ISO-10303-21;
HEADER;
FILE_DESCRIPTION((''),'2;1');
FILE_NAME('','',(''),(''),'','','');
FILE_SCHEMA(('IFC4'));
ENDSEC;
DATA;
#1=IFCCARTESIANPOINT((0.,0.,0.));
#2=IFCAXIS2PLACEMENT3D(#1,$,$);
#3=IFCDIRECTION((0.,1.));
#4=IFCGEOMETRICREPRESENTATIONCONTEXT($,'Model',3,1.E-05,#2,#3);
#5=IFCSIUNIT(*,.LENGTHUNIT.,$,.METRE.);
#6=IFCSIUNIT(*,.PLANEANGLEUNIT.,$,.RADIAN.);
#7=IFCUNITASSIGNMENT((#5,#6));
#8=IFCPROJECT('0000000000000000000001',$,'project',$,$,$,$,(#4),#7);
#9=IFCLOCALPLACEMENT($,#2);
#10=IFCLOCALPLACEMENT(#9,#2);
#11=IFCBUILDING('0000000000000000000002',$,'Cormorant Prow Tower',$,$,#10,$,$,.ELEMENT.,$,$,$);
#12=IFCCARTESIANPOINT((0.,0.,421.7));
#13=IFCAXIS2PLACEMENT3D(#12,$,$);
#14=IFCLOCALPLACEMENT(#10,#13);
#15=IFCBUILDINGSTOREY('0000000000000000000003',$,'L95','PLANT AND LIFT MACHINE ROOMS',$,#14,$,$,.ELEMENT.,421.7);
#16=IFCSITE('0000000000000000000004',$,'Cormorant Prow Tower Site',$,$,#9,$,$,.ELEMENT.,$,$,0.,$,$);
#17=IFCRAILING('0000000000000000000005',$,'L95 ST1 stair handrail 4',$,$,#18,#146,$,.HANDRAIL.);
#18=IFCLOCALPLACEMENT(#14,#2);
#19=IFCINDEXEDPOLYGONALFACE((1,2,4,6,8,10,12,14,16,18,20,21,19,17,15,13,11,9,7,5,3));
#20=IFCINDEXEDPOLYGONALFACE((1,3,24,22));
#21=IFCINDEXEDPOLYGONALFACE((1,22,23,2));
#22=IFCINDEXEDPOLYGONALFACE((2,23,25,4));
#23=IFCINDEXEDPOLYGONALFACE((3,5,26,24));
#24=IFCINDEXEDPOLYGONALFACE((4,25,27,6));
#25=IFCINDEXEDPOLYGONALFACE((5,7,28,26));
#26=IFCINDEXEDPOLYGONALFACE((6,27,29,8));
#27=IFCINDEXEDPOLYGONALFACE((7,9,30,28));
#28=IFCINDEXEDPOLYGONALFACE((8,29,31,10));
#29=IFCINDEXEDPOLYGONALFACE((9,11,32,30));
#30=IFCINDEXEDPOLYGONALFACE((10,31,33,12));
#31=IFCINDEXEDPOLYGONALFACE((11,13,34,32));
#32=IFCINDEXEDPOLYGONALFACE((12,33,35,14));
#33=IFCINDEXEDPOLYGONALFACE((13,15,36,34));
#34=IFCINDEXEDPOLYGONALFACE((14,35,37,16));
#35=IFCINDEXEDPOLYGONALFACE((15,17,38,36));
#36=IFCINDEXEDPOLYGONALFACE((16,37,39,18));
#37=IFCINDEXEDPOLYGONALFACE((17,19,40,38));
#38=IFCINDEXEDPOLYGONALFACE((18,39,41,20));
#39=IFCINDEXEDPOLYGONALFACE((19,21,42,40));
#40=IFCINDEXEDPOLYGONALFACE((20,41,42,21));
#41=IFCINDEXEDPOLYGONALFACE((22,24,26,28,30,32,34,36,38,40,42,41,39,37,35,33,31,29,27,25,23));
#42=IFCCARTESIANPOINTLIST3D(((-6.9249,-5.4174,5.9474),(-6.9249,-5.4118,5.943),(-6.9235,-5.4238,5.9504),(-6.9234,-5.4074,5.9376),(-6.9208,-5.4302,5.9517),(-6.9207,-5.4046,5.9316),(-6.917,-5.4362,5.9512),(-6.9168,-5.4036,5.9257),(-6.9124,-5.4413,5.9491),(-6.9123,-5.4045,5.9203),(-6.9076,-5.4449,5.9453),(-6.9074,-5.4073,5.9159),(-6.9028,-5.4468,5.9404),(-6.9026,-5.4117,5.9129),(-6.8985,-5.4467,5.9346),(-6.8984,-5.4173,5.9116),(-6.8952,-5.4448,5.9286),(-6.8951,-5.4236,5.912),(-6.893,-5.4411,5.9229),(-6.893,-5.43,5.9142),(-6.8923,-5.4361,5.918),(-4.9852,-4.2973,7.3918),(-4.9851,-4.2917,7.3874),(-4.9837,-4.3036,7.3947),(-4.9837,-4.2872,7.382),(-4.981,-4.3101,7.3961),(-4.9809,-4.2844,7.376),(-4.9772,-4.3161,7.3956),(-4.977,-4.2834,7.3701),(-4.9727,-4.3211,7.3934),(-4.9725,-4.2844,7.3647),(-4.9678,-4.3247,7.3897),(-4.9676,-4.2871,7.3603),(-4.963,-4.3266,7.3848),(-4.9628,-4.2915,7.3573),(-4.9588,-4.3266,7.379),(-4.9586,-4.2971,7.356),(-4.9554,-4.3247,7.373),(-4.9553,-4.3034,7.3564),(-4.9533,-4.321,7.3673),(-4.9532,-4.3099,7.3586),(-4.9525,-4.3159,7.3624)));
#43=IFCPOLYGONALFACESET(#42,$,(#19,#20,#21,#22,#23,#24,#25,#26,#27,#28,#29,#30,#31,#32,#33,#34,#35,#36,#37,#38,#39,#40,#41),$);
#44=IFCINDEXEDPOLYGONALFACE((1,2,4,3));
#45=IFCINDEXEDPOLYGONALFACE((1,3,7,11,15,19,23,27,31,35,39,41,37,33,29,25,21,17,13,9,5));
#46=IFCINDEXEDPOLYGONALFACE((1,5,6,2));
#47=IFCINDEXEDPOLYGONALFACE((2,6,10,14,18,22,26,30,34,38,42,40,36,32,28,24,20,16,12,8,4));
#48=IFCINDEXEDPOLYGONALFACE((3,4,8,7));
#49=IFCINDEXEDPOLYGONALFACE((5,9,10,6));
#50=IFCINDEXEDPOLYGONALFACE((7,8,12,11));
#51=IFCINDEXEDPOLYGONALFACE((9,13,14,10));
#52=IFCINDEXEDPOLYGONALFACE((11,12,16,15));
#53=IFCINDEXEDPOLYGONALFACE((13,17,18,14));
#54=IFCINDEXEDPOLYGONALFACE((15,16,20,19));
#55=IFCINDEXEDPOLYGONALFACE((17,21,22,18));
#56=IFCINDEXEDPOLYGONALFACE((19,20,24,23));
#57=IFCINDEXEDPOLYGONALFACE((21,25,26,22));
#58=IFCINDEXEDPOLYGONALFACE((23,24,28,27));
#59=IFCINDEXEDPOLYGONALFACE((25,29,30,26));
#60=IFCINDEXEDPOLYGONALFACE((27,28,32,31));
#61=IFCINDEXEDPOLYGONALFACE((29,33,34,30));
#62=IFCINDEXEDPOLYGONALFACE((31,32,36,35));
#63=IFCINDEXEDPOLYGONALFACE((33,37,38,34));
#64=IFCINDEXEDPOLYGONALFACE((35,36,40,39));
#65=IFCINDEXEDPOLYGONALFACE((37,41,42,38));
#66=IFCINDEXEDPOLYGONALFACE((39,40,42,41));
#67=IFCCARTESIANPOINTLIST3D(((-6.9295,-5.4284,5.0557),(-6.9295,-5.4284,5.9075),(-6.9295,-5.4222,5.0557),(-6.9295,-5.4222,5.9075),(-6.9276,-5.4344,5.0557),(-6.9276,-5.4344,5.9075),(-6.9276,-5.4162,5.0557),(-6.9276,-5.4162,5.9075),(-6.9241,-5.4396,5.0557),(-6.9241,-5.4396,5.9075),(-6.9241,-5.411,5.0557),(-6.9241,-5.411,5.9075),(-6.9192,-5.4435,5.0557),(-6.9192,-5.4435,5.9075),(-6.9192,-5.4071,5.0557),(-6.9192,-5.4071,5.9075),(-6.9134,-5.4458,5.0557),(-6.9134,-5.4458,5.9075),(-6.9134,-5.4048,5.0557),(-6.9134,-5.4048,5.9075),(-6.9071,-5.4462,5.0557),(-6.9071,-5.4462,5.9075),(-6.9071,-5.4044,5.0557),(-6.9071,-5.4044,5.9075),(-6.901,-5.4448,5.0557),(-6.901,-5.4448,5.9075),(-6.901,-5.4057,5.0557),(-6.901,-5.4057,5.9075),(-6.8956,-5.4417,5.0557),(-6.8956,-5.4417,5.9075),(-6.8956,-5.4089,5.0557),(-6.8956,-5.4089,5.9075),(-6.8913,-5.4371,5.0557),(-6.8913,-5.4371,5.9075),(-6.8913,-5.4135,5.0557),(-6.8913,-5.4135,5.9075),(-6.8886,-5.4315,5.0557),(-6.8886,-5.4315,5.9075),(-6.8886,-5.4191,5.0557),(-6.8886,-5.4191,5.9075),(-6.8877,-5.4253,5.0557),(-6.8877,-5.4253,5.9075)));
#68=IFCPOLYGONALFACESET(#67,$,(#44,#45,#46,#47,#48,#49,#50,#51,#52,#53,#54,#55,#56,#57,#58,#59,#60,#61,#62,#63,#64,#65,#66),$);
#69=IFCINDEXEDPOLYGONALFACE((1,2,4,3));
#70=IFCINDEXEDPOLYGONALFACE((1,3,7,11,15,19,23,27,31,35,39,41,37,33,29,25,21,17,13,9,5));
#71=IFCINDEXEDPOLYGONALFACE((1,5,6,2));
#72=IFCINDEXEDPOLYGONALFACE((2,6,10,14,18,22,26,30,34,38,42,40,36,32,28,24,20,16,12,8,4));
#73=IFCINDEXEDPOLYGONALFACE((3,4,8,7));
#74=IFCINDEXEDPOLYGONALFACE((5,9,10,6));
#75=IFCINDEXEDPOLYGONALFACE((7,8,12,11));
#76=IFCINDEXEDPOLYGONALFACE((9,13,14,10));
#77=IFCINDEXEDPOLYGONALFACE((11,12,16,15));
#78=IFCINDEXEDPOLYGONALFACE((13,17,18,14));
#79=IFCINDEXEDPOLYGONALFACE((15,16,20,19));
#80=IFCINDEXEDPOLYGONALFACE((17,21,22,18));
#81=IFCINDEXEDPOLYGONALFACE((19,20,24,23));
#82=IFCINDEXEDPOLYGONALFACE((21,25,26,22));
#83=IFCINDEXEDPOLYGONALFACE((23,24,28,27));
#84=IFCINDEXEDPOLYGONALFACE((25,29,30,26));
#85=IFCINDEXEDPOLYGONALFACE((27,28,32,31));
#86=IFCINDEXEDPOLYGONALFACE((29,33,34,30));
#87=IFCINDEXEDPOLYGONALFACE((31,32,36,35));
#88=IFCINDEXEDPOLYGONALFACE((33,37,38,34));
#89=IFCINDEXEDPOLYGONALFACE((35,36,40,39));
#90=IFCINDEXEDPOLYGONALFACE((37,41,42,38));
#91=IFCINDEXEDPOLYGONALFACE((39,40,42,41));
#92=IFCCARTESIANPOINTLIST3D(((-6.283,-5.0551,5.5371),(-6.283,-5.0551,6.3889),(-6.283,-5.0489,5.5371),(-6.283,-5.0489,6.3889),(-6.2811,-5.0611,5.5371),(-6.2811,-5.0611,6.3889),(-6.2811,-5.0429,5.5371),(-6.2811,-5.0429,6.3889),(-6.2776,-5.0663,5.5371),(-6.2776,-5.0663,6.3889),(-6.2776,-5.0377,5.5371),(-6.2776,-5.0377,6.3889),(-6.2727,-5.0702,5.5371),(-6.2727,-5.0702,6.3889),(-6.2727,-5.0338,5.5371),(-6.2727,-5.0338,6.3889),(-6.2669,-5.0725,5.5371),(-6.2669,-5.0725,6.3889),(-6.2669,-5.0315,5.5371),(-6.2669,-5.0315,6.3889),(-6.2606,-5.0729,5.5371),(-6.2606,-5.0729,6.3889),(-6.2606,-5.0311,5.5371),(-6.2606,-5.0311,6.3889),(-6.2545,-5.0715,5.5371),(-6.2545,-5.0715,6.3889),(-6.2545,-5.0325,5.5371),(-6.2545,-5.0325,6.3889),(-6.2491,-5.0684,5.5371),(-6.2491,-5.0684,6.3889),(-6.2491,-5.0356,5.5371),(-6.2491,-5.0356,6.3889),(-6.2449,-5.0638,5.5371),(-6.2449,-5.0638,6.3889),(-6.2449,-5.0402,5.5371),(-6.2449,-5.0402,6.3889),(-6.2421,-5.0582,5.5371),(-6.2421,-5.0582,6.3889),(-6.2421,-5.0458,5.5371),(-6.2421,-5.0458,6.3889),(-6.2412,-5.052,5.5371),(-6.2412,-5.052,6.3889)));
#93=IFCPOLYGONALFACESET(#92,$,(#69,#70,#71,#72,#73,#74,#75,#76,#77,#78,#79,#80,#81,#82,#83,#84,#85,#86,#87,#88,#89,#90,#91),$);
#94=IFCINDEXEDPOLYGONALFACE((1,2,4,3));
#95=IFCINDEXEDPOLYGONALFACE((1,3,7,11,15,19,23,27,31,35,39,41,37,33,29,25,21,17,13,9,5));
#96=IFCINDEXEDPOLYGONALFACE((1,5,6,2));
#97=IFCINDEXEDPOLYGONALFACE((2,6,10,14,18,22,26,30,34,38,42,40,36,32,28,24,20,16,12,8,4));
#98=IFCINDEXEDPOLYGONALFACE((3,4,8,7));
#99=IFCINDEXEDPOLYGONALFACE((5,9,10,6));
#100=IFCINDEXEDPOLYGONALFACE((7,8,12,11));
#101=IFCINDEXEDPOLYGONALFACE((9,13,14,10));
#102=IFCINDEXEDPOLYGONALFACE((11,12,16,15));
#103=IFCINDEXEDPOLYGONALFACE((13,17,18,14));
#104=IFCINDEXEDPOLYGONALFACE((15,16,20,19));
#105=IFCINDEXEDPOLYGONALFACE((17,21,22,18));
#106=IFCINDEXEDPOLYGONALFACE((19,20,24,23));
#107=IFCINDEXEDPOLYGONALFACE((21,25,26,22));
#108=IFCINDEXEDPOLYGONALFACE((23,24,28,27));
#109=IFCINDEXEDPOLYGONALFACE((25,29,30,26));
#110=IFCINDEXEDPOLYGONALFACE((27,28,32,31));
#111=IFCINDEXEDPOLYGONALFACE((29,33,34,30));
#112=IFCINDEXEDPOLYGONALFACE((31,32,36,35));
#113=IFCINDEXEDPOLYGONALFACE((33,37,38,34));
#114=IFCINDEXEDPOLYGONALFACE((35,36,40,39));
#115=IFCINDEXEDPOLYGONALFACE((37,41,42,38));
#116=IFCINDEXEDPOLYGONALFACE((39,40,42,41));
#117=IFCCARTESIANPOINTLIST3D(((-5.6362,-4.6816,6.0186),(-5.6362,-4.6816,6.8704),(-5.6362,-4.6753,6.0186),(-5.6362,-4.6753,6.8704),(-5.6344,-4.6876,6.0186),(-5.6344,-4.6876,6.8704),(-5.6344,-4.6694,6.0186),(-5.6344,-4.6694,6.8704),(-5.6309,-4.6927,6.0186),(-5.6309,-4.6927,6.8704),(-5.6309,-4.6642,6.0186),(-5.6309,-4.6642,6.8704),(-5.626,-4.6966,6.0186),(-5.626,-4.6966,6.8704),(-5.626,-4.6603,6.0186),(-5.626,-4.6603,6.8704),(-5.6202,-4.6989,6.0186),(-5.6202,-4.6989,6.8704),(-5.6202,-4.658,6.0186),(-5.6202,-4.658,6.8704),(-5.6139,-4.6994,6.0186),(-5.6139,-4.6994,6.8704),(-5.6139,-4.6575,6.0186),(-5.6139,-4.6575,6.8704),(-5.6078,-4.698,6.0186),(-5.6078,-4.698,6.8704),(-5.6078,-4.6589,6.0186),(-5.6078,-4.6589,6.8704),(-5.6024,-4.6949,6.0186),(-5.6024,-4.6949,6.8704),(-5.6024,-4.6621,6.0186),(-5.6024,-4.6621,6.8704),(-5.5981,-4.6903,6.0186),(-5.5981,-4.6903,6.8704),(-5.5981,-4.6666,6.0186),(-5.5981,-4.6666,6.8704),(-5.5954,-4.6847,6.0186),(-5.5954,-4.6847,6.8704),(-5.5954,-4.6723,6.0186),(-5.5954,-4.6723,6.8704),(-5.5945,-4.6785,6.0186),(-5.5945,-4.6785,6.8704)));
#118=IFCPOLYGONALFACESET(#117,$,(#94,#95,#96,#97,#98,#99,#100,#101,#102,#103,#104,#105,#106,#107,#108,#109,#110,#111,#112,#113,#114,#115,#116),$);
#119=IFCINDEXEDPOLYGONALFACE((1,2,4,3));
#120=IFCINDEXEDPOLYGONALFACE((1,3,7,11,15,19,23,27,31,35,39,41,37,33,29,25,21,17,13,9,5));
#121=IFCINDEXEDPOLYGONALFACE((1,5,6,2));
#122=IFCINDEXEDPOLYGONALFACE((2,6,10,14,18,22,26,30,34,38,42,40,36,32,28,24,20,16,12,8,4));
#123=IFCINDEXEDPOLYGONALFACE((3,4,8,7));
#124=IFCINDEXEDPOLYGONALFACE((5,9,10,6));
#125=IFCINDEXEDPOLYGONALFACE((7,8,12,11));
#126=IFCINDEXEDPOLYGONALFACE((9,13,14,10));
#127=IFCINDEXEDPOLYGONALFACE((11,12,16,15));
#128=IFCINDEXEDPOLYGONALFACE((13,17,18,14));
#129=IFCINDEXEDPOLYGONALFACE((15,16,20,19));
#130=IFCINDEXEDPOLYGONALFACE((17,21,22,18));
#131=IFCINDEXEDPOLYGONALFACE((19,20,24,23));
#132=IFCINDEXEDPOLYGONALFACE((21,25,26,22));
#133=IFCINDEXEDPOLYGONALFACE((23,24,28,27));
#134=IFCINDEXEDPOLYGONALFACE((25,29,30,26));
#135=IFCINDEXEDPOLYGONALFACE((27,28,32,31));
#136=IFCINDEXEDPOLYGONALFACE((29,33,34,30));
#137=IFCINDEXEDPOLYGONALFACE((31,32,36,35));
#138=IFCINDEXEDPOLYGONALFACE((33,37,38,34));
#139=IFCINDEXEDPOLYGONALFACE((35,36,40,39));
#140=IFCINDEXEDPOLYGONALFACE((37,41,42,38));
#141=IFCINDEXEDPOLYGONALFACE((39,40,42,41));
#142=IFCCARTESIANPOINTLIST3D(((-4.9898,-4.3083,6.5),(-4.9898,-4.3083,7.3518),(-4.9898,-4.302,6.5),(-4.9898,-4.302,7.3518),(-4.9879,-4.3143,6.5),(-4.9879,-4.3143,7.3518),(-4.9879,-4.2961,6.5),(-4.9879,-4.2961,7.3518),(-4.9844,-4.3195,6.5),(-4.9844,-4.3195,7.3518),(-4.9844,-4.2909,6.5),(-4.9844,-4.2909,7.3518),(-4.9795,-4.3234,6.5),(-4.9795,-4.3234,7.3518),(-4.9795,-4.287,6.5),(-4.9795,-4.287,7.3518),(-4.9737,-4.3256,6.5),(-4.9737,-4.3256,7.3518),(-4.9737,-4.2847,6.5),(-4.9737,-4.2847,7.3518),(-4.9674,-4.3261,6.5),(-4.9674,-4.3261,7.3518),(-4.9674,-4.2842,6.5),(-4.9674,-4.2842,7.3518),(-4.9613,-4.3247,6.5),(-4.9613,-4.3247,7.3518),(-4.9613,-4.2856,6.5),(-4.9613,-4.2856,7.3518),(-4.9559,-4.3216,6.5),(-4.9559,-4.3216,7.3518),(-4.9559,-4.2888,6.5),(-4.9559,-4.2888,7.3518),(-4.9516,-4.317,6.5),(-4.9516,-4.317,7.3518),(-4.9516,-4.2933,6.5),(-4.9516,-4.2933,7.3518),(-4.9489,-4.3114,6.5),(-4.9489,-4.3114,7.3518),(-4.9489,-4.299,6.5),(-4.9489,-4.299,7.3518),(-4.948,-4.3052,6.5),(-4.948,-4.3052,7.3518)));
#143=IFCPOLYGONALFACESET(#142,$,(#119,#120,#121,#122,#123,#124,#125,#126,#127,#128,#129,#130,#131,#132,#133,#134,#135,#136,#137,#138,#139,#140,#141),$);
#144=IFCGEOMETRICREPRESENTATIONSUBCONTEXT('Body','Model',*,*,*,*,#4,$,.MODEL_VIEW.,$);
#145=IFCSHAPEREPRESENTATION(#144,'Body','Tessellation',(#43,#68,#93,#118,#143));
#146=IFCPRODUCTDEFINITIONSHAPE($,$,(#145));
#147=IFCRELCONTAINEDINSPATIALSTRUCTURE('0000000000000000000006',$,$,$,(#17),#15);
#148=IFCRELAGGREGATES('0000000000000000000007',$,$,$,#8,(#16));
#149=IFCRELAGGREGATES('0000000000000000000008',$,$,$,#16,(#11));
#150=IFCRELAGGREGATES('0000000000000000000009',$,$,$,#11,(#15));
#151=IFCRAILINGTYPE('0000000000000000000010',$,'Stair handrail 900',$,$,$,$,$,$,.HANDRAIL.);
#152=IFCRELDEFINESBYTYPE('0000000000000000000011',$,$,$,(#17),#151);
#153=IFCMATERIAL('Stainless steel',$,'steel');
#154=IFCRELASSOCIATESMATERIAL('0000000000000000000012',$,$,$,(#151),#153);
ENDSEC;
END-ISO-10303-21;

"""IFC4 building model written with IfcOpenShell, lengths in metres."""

from ifc_helpers import new_model, si_unit, direction, frame, origin, origin_2d, place, context, subcontext, project, spatial, circle, extrude, material, type_object, element, save


model = new_model("IFC4")

# Units and contexts
model_context = context("Model", 3, precision=1e-05, world=origin(), true_north=direction((0.0, 1.0)))
body_context = subcontext(model_context, "Body", "Model", "MODEL_VIEW")
ifc_project = project(units=[si_unit("LENGTHUNIT", "METRE"), si_unit("PLANEANGLEUNIT", "RADIAN")], contexts=[model_context])

# Site, building, storey
site_placement = place(None, origin())
site = spatial("IfcSite", under=ifc_project, at=site_placement, Name="Cormorant Prow Tower Site", CompositionType="ELEMENT", RefElevation=0.0)
building_placement = place(site_placement, origin())
building = spatial("IfcBuilding", under=site, at=building_placement, Name="Cormorant Prow Tower", CompositionType="ELEMENT")
storey_placement = place(building_placement, frame((0.0, 0.0, 421.7)))
storey = spatial("IfcBuildingStorey", under=building, at=storey_placement, Name="L95", Description="PLANT AND LIFT MACHINE ROOMS", CompositionType="ELEMENT", Elevation=421.7)

# Railing
ifc_material_1 = material(Name="Stainless steel", Category="steel")
railing_type_1 = type_object("IfcRailingType", Name="Stair handrail 900", PredefinedType="HANDRAIL", material=ifc_material_1)
railing_1_placement = place(storey_placement, frame((-6.9087, -5.4253, 5.0557)))
element("IfcRailing", 1, at=railing_1_placement, inside=storey, type_object=railing_type_1, Name="L95 ST1 stair handrail 4", PredefinedType="HANDRAIL", context=body_context, shape_type="SweptSolid", body=[
    extrude(circle(Radius=0.0239, at=origin_2d()), frame((0.0, 0.0, 0.876), z_axis=(0.727792, 0.420278, 0.541928), x_axis=(-0.500078, 0.86598, 0.0)), (0.0, 0.0, 1.0), 2.6653),
    extrude(circle(Radius=0.021, at=origin_2d()), origin(), (0.0, 0.0, 1.0), 0.8518),
    extrude(circle(Radius=0.021, at=origin_2d()), frame((0.6465, 0.3733, 0.4814)), (0.0, 0.0, 1.0), 0.8518),
    extrude(circle(Radius=0.021, at=origin_2d()), frame((1.2932, 0.7468, 0.9629)), (0.0, 0.0, 1.0), 0.8518),
    extrude(circle(Radius=0.021, at=origin_2d()), frame((1.9397, 1.1201, 1.4443)), (0.0, 0.0, 1.0), 0.8518),
])

save(model, "model.ifc")
